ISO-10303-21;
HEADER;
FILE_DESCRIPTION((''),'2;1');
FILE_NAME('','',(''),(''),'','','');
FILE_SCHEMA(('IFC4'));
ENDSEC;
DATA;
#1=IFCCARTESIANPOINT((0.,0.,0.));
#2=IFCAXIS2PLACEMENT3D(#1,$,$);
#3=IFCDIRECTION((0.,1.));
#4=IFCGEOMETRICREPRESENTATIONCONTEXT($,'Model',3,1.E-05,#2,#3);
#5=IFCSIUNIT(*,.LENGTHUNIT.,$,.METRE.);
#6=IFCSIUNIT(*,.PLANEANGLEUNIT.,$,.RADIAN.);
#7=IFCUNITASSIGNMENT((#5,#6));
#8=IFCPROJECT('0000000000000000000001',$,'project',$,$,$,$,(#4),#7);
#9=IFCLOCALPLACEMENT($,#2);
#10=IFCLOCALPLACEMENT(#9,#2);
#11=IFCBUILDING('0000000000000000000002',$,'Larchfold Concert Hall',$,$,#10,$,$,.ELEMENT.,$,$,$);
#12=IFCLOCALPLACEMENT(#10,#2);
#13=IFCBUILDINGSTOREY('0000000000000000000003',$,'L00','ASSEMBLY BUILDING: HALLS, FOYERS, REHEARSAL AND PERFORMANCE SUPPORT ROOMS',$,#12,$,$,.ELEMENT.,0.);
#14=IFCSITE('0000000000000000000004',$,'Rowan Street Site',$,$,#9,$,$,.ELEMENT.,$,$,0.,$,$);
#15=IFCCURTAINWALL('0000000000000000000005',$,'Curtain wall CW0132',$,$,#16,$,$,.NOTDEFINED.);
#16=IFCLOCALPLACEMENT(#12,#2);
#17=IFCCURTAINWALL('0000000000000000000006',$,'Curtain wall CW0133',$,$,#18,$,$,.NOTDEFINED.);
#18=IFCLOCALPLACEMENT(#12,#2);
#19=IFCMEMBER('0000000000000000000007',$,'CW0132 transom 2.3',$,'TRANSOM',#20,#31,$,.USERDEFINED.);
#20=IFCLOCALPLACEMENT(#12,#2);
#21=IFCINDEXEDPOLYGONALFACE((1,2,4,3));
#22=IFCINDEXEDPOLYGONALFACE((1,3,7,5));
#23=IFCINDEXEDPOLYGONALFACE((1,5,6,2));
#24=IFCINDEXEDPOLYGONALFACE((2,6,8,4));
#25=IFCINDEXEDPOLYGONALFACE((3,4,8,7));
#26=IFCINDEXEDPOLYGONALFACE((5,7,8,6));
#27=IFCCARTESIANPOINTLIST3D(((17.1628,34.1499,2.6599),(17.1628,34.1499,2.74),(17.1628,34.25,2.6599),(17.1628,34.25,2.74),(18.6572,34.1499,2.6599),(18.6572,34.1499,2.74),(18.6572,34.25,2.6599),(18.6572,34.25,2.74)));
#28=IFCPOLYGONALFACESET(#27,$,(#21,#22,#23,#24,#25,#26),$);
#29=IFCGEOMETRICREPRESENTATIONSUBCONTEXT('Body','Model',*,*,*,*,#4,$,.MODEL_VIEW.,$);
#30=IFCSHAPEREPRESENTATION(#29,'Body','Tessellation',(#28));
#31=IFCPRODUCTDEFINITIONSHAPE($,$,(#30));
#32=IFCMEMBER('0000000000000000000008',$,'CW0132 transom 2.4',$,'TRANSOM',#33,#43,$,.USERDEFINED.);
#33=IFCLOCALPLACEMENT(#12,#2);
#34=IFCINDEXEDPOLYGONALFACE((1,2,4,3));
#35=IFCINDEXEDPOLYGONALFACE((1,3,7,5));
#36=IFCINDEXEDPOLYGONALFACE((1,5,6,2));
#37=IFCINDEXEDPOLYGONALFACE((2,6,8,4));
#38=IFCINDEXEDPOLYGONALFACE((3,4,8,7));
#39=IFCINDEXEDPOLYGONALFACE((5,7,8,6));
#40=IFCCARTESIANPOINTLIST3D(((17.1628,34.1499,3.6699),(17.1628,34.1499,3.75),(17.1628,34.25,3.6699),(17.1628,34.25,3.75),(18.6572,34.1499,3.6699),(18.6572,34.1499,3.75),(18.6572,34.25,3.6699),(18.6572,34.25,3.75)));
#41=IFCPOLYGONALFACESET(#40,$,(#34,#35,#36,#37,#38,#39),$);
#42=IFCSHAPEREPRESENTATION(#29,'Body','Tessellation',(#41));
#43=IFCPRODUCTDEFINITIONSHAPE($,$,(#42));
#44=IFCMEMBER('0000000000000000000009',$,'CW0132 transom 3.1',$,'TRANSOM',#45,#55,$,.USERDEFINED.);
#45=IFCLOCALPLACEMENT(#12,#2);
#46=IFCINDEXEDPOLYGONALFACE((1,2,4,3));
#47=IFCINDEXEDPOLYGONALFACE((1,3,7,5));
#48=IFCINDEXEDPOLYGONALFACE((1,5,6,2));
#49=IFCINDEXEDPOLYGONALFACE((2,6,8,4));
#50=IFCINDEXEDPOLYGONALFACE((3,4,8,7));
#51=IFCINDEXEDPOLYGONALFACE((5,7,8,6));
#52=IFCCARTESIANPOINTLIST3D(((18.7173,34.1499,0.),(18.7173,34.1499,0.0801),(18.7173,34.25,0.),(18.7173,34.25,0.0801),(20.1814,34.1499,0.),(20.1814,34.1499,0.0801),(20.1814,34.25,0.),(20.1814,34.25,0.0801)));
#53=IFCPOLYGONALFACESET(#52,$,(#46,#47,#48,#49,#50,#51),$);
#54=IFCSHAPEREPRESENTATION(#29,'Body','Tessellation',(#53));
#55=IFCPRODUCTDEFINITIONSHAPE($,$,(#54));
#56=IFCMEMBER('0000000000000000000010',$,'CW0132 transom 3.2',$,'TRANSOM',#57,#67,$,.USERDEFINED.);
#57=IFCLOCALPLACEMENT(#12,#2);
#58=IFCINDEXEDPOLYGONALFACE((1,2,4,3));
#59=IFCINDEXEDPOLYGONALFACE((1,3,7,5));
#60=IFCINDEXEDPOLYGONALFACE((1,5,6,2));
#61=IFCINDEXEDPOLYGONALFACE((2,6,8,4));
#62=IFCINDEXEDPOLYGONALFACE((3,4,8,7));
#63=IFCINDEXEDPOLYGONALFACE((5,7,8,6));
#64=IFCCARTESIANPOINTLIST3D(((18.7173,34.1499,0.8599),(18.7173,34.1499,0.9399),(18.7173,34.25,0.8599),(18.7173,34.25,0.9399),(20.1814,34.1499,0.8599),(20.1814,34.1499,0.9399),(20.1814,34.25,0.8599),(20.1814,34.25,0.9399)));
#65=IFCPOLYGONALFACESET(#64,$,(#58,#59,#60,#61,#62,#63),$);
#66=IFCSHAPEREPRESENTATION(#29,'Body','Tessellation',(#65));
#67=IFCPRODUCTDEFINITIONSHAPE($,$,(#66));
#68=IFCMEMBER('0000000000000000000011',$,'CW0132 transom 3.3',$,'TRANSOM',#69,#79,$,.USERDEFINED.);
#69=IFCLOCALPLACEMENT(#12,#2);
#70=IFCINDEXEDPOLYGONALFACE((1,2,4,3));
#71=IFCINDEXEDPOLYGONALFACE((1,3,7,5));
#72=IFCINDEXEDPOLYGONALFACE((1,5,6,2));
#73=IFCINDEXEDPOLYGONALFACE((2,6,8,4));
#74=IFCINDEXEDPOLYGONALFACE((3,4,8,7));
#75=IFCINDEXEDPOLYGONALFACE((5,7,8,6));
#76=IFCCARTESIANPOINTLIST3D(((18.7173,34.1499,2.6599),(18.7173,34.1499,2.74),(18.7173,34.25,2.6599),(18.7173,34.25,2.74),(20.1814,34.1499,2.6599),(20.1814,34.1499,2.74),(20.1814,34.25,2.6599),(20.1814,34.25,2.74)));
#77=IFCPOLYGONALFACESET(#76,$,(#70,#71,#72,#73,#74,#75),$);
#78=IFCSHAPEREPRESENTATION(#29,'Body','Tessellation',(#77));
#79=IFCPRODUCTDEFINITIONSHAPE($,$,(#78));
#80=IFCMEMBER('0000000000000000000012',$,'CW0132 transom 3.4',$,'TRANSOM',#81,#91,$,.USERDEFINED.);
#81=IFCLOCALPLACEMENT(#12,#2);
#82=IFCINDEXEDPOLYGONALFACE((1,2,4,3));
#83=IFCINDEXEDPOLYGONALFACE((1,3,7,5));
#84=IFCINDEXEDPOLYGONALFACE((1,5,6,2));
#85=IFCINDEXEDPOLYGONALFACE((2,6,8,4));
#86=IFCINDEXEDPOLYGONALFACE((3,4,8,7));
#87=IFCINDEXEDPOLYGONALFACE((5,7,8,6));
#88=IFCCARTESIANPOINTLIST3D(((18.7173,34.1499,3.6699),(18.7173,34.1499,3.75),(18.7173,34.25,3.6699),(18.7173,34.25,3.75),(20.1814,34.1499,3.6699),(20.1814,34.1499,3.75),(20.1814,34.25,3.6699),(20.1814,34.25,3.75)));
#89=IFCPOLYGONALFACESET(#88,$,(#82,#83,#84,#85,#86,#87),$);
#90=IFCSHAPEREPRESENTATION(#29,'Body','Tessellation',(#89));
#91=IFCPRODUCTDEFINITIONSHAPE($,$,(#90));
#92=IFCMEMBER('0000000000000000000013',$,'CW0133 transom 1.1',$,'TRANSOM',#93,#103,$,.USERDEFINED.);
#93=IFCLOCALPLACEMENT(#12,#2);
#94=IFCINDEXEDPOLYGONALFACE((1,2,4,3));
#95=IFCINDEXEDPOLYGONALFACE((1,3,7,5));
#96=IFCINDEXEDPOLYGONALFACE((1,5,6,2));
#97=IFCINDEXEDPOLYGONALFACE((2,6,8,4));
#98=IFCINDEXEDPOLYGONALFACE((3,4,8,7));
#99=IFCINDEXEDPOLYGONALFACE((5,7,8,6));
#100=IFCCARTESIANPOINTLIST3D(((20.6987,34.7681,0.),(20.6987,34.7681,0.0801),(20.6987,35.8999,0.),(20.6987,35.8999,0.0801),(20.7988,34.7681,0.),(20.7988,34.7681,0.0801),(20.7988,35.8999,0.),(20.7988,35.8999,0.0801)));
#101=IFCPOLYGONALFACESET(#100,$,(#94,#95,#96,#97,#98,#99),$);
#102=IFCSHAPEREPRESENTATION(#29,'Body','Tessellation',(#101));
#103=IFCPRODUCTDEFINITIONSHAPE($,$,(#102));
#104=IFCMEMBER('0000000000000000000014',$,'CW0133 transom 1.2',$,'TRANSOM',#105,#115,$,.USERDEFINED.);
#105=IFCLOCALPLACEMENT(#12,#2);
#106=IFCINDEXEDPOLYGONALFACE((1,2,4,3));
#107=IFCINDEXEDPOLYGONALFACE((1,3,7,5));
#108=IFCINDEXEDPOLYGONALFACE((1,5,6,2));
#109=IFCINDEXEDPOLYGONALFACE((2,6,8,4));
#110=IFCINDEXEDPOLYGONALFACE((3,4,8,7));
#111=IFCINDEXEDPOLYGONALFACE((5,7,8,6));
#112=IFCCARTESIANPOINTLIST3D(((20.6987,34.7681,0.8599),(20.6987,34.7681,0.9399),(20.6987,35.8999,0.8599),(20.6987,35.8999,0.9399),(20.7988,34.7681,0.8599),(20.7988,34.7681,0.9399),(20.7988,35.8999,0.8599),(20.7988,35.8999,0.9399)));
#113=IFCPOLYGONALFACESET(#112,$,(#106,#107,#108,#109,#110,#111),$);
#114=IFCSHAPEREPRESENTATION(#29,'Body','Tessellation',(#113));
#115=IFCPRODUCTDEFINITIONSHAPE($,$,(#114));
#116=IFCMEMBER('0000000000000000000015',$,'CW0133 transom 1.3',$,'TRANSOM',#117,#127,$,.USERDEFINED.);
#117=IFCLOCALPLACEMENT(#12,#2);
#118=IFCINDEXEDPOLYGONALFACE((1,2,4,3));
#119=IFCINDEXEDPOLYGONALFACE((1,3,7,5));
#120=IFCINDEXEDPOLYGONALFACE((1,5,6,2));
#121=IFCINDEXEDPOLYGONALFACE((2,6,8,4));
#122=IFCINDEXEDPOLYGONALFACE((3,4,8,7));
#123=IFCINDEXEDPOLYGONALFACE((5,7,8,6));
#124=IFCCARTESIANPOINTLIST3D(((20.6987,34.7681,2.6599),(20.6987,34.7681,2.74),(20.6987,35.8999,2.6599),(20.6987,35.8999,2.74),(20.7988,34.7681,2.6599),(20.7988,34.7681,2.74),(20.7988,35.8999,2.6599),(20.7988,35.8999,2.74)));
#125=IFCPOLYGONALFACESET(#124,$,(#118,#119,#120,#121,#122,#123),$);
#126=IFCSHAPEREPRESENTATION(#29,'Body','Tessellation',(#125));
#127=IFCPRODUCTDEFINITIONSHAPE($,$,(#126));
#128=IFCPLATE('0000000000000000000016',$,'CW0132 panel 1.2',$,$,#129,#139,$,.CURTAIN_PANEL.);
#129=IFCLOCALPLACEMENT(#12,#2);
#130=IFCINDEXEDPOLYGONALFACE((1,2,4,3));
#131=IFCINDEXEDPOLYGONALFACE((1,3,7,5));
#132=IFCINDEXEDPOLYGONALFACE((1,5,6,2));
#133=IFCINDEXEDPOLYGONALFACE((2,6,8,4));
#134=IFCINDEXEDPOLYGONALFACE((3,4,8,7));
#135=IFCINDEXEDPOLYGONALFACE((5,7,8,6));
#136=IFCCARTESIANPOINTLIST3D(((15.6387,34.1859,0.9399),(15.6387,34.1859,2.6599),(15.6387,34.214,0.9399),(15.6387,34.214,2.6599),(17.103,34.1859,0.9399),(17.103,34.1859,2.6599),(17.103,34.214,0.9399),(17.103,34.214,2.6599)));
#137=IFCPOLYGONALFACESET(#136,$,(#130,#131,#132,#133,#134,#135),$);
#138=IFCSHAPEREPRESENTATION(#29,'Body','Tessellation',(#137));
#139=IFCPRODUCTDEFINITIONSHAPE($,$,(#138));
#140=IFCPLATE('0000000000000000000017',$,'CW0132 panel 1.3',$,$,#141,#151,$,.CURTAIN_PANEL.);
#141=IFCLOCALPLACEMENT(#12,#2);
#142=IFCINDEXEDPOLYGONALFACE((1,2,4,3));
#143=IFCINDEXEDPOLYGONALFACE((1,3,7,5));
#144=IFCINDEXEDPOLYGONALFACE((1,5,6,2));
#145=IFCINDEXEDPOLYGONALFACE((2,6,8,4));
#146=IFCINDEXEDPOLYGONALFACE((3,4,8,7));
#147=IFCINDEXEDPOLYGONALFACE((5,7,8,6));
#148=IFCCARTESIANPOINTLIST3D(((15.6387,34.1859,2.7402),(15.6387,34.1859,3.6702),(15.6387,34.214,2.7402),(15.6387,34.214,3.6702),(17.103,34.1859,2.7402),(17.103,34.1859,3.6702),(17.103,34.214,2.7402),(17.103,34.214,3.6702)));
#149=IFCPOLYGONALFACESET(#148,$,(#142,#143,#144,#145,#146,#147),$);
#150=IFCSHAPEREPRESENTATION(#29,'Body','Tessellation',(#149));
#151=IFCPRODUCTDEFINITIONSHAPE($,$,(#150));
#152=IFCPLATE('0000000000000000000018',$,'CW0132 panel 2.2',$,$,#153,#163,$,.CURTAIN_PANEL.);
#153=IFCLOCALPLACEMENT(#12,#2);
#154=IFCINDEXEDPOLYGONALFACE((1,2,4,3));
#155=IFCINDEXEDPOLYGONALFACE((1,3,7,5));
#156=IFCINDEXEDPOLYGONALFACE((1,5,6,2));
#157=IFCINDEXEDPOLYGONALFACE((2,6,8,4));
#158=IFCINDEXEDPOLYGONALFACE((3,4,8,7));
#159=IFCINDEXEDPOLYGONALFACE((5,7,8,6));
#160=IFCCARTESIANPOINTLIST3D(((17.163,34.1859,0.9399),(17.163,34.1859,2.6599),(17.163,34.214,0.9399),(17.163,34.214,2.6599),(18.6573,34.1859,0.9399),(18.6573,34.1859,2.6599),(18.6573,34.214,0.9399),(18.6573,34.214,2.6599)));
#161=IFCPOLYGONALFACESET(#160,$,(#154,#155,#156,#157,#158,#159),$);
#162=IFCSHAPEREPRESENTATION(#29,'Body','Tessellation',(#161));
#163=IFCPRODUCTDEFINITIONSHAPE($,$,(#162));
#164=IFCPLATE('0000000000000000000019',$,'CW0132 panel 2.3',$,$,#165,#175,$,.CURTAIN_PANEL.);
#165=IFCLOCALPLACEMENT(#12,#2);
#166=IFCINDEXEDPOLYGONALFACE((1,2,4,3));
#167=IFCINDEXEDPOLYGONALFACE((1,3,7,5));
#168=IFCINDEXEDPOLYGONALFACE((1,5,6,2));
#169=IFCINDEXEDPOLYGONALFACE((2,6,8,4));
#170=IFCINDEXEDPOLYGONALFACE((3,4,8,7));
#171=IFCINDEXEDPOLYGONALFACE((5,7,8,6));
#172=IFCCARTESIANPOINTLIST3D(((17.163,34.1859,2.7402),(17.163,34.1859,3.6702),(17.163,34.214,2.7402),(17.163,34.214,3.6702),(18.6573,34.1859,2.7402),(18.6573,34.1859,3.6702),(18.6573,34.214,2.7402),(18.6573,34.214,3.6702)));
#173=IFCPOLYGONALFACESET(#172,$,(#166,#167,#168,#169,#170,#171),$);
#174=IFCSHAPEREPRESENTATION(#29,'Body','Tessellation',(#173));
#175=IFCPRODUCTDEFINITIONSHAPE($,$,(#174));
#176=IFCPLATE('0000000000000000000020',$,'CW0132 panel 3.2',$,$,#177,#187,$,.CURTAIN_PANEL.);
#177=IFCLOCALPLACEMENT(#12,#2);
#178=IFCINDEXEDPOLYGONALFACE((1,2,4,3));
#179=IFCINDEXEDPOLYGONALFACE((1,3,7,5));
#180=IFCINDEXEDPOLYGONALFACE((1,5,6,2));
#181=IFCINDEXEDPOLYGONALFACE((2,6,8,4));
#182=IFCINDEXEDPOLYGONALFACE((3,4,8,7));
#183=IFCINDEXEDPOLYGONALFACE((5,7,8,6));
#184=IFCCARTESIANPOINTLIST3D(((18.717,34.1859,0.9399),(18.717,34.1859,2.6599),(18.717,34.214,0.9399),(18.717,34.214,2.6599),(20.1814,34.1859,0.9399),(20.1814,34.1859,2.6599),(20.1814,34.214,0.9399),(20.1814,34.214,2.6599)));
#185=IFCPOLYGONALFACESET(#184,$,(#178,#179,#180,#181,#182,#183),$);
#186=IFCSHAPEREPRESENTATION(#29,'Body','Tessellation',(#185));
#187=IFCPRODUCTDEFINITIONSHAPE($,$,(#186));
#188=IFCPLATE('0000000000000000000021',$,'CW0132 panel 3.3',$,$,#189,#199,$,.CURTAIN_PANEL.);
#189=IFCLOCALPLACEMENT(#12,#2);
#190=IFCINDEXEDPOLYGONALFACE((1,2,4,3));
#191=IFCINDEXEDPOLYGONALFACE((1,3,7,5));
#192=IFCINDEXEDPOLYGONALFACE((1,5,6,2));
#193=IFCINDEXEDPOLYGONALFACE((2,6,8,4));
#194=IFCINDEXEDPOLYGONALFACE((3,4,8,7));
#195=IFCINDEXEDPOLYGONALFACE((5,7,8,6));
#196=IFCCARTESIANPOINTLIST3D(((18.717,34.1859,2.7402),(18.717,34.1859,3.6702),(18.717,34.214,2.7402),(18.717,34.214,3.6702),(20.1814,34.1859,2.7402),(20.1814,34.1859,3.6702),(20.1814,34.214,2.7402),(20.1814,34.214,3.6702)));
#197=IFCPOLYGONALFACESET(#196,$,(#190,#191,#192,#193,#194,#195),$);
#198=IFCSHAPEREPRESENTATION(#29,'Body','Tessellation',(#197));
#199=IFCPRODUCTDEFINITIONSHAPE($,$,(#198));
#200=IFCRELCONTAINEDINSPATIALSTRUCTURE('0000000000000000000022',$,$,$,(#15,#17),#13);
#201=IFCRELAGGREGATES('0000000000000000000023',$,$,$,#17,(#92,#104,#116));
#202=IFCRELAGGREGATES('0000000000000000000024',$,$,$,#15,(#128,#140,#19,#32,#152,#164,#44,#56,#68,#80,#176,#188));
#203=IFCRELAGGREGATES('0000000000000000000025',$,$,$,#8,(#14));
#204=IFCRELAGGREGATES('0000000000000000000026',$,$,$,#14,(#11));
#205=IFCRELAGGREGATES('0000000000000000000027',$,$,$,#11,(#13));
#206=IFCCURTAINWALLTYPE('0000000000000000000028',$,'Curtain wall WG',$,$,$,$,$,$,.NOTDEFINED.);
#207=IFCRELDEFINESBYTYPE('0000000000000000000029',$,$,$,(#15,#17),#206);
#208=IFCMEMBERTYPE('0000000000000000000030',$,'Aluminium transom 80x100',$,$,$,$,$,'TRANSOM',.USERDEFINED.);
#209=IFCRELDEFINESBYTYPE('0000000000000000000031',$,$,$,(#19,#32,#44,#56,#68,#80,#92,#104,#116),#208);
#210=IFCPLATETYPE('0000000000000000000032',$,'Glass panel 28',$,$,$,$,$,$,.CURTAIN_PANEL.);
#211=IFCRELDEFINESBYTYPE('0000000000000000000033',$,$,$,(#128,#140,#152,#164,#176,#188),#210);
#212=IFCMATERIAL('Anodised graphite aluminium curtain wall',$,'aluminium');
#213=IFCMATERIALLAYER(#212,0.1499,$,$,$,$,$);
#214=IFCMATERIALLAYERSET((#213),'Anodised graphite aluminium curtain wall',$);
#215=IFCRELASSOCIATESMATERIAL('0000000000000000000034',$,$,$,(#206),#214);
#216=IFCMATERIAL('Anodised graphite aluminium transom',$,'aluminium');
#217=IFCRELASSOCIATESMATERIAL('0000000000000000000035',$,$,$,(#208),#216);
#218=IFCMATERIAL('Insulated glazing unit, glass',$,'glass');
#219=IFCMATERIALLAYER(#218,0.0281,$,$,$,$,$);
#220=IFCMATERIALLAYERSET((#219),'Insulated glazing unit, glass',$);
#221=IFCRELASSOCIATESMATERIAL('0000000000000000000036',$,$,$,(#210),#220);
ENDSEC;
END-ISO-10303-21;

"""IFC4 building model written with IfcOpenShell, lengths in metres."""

from ifc_helpers import new_model, si_unit, direction, frame, origin, origin_2d, place, context, subcontext, project, spatial, rectangle, extrude, material, layer, layer_set, material_profile, profile_set, type_object, element, aggregate, save


model = new_model("IFC4")

# Units and contexts
model_context = context("Model", 3, precision=1e-05, world=origin(), true_north=direction((0.0, 1.0)))
body_context = subcontext(model_context, "Body", "Model", "MODEL_VIEW")
ifc_project = project(units=[si_unit("LENGTHUNIT", "METRE"), si_unit("PLANEANGLEUNIT", "RADIAN")], contexts=[model_context])

# Site, building, storey
site_placement = place(None, origin())
site = spatial("IfcSite", under=ifc_project, at=site_placement, Name="Rowan Street Site", CompositionType="ELEMENT", RefElevation=0.0)
building_placement = place(site_placement, origin())
building = spatial("IfcBuilding", under=site, at=building_placement, Name="Larchfold Concert Hall", CompositionType="ELEMENT")
storey_placement = place(building_placement, origin())
storey = spatial("IfcBuildingStorey", under=building, at=storey_placement, Name="L00", Description="ASSEMBLY BUILDING: HALLS, FOYERS, REHEARSAL AND PERFORMANCE SUPPORT ROOMS", CompositionType="ELEMENT", Elevation=0.0)

# Shared definitions
ifc_material_1 = material(Name="Anodised graphite aluminium curtain wall", Category="aluminium")
ifc_layer_1 = layer(ifc_material_1, 0.1499)
ifc_layer_set_1 = layer_set([ifc_layer_1], Name="Anodised graphite aluminium curtain wall")
curtain_wall_type = type_object("IfcCurtainWallType", Name="Curtain wall WG", PredefinedType="NOTDEFINED", material=ifc_layer_set_1)

# Curtain wall
curtain_wall_1_placement = place(storey_placement, origin())
curtain_wall_1 = element("IfcCurtainWall", 1, at=curtain_wall_1_placement, inside=storey, type_object=curtain_wall_type, Name="Curtain wall CW0132", PredefinedType="NOTDEFINED")

# Curtain wall
curtain_wall_2_placement = place(storey_placement, origin())
curtain_wall_2 = element("IfcCurtainWall", 2, at=curtain_wall_2_placement, inside=storey, type_object=curtain_wall_type, Name="Curtain wall CW0133", PredefinedType="NOTDEFINED")

# Members
ifc_material_2 = material(Name="Anodised graphite aluminium transom", Category="aluminium")
ifc_material_profile_1 = material_profile(ifc_material_2, rectangle(XDim=0.1001, YDim=0.0801, at=origin_2d()))
ifc_profile_set_1 = profile_set([ifc_material_profile_1], Name="Anodised graphite aluminium transom")
member_type_1 = type_object("IfcMemberType", Name="Aluminium transom 80x100", ElementType="TRANSOM", PredefinedType="USERDEFINED", material=ifc_profile_set_1)
member_1_placement = place(storey_placement, frame((17.1628, 34.2, 2.7), z_axis=(1.0, 0.0, 0.0), x_axis=(0.0, 1.0, 0.0)))
member_1 = element("IfcMember", 3, at=member_1_placement, type_object=member_type_1, Name="CW0132 transom 2.3", ObjectType="TRANSOM", PredefinedType="USERDEFINED", context=body_context, shape_type="SweptSolid", body=[
    extrude(rectangle(XDim=0.1001, YDim=0.0801, at=origin_2d()), origin(), (0.0, 0.0, 1.0), 1.4944),
])
member_2_placement = place(storey_placement, frame((17.1628, 34.2, 3.71), z_axis=(1.0, 0.0, 0.0), x_axis=(0.0, 1.0, 0.0)))
member_2 = element("IfcMember", 4, at=member_2_placement, type_object=member_type_1, Name="CW0132 transom 2.4", ObjectType="TRANSOM", PredefinedType="USERDEFINED", context=body_context, shape_type="SweptSolid", body=[
    extrude(rectangle(XDim=0.1001, YDim=0.0801, at=origin_2d()), origin(), (0.0, 0.0, 1.0), 1.4944),
])
member_3_placement = place(storey_placement, frame((18.7173, 34.2, 0.04), z_axis=(1.0, 0.0, 0.0), x_axis=(0.0, 1.0, 0.0)))
member_3 = element("IfcMember", 5, at=member_3_placement, type_object=member_type_1, Name="CW0132 transom 3.1", ObjectType="TRANSOM", PredefinedType="USERDEFINED", context=body_context, shape_type="SweptSolid", body=[
    extrude(rectangle(XDim=0.1001, YDim=0.0801, at=origin_2d()), origin(), (0.0, 0.0, 1.0), 1.4641),
])
member_4_placement = place(storey_placement, frame((18.7173, 34.2, 0.8999), z_axis=(1.0, 0.0, 0.0), x_axis=(0.0, 1.0, 0.0)))
member_4 = element("IfcMember", 6, at=member_4_placement, type_object=member_type_1, Name="CW0132 transom 3.2", ObjectType="TRANSOM", PredefinedType="USERDEFINED", context=body_context, shape_type="SweptSolid", body=[
    extrude(rectangle(XDim=0.1001, YDim=0.0801, at=origin_2d()), origin(), (0.0, 0.0, 1.0), 1.4641),
])
member_5_placement = place(storey_placement, frame((18.7173, 34.2, 2.7), z_axis=(1.0, 0.0, 0.0), x_axis=(0.0, 1.0, 0.0)))
member_5 = element("IfcMember", 7, at=member_5_placement, type_object=member_type_1, Name="CW0132 transom 3.3", ObjectType="TRANSOM", PredefinedType="USERDEFINED", context=body_context, shape_type="SweptSolid", body=[
    extrude(rectangle(XDim=0.1001, YDim=0.0801, at=origin_2d()), origin(), (0.0, 0.0, 1.0), 1.4641),
])
member_6_placement = place(storey_placement, frame((18.7173, 34.2, 3.71), z_axis=(1.0, 0.0, 0.0), x_axis=(0.0, 1.0, 0.0)))
member_6 = element("IfcMember", 8, at=member_6_placement, type_object=member_type_1, Name="CW0132 transom 3.4", ObjectType="TRANSOM", PredefinedType="USERDEFINED", context=body_context, shape_type="SweptSolid", body=[
    extrude(rectangle(XDim=0.1001, YDim=0.0801, at=origin_2d()), origin(), (0.0, 0.0, 1.0), 1.4641),
])
member_7_placement = place(storey_placement, frame((20.7488, 34.7681, 0.04), z_axis=(0.0, 1.0, 0.0), x_axis=(-1.0, 0.0, 0.0)))
member_7 = element("IfcMember", 9, at=member_7_placement, type_object=member_type_1, Name="CW0133 transom 1.1", ObjectType="TRANSOM", PredefinedType="USERDEFINED", context=body_context, shape_type="SweptSolid", body=[
    extrude(rectangle(XDim=0.1001, YDim=0.0801, at=origin_2d()), origin(), (0.0, 0.0, 1.0), 1.1318),
])
member_8_placement = place(storey_placement, frame((20.7488, 34.7681, 0.8999), z_axis=(0.0, 1.0, 0.0), x_axis=(-1.0, 0.0, 0.0)))
member_8 = element("IfcMember", 10, at=member_8_placement, type_object=member_type_1, Name="CW0133 transom 1.2", ObjectType="TRANSOM", PredefinedType="USERDEFINED", context=body_context, shape_type="SweptSolid", body=[
    extrude(rectangle(XDim=0.1001, YDim=0.0801, at=origin_2d()), origin(), (0.0, 0.0, 1.0), 1.1318),
])
member_9_placement = place(storey_placement, frame((20.7488, 34.7681, 2.7), z_axis=(0.0, 1.0, 0.0), x_axis=(-1.0, 0.0, 0.0)))
member_9 = element("IfcMember", 11, at=member_9_placement, type_object=member_type_1, Name="CW0133 transom 1.3", ObjectType="TRANSOM", PredefinedType="USERDEFINED", context=body_context, shape_type="SweptSolid", body=[
    extrude(rectangle(XDim=0.1001, YDim=0.0801, at=origin_2d()), origin(), (0.0, 0.0, 1.0), 1.1318),
])
aggregate(curtain_wall_2, [member_7, member_8, member_9])

# Plates
ifc_material_3 = material(Name="Insulated glazing unit, glass", Category="glass")
ifc_layer_2 = layer(ifc_material_3, 0.0281)
ifc_layer_set_2 = layer_set([ifc_layer_2], Name="Insulated glazing unit, glass")
plate_type_1 = type_object("IfcPlateType", Name="Glass panel 28", PredefinedType="CURTAIN_PANEL", material=ifc_layer_set_2)
plate_1_placement = place(storey_placement, frame((16.3708, 34.2, 0.9399), z_axis=(0.0, 0.0, 1.0), x_axis=(1.0, 0.0, 0.0)))
plate_1 = element("IfcPlate", 12, at=plate_1_placement, type_object=plate_type_1, Name="CW0132 panel 1.2", PredefinedType="CURTAIN_PANEL", context=body_context, shape_type="SweptSolid", body=[
    extrude(rectangle(XDim=1.4644, YDim=0.0281, at=origin_2d()), origin(), (0.0, 0.0, 1.0), 1.72),
])
plate_2_placement = place(storey_placement, frame((16.3708, 34.2, 2.7402), z_axis=(0.0, 0.0, 1.0), x_axis=(1.0, 0.0, 0.0)))
plate_2 = element("IfcPlate", 13, at=plate_2_placement, type_object=plate_type_1, Name="CW0132 panel 1.3", PredefinedType="CURTAIN_PANEL", context=body_context, shape_type="SweptSolid", body=[
    extrude(rectangle(XDim=1.4644, YDim=0.0281, at=origin_2d()), origin(), (0.0, 0.0, 1.0), 0.9299),
])
plate_3_placement = place(storey_placement, frame((17.9102, 34.2, 0.9399), z_axis=(0.0, 0.0, 1.0), x_axis=(1.0, 0.0, 0.0)))
plate_3 = element("IfcPlate", 14, at=plate_3_placement, type_object=plate_type_1, Name="CW0132 panel 2.2", PredefinedType="CURTAIN_PANEL", context=body_context, shape_type="SweptSolid", body=[
    extrude(rectangle(XDim=1.4944, YDim=0.0281, at=origin_2d()), origin(), (0.0, 0.0, 1.0), 1.72),
])
plate_4_placement = place(storey_placement, frame((17.9102, 34.2, 2.7402), z_axis=(0.0, 0.0, 1.0), x_axis=(1.0, 0.0, 0.0)))
plate_4 = element("IfcPlate", 15, at=plate_4_placement, type_object=plate_type_1, Name="CW0132 panel 2.3", PredefinedType="CURTAIN_PANEL", context=body_context, shape_type="SweptSolid", body=[
    extrude(rectangle(XDim=1.4944, YDim=0.0281, at=origin_2d()), origin(), (0.0, 0.0, 1.0), 0.9299),
])
plate_5_placement = place(storey_placement, frame((19.4492, 34.2, 0.9399), z_axis=(0.0, 0.0, 1.0), x_axis=(1.0, 0.0, 0.0)))
plate_5 = element("IfcPlate", 16, at=plate_5_placement, type_object=plate_type_1, Name="CW0132 panel 3.2", PredefinedType="CURTAIN_PANEL", context=body_context, shape_type="SweptSolid", body=[
    extrude(rectangle(XDim=1.4644, YDim=0.0281, at=origin_2d()), origin(), (0.0, 0.0, 1.0), 1.72),
])
plate_6_placement = place(storey_placement, frame((19.4492, 34.2, 2.7402), z_axis=(0.0, 0.0, 1.0), x_axis=(1.0, 0.0, 0.0)))
plate_6 = element("IfcPlate", 17, at=plate_6_placement, type_object=plate_type_1, Name="CW0132 panel 3.3", PredefinedType="CURTAIN_PANEL", context=body_context, shape_type="SweptSolid", body=[
    extrude(rectangle(XDim=1.4644, YDim=0.0281, at=origin_2d()), origin(), (0.0, 0.0, 1.0), 0.9299),
])
aggregate(curtain_wall_1, [plate_1, plate_2, member_1, member_2, plate_3, plate_4, member_3, member_4, member_5, member_6, plate_5, plate_6])

save(model, "model.ifc")
